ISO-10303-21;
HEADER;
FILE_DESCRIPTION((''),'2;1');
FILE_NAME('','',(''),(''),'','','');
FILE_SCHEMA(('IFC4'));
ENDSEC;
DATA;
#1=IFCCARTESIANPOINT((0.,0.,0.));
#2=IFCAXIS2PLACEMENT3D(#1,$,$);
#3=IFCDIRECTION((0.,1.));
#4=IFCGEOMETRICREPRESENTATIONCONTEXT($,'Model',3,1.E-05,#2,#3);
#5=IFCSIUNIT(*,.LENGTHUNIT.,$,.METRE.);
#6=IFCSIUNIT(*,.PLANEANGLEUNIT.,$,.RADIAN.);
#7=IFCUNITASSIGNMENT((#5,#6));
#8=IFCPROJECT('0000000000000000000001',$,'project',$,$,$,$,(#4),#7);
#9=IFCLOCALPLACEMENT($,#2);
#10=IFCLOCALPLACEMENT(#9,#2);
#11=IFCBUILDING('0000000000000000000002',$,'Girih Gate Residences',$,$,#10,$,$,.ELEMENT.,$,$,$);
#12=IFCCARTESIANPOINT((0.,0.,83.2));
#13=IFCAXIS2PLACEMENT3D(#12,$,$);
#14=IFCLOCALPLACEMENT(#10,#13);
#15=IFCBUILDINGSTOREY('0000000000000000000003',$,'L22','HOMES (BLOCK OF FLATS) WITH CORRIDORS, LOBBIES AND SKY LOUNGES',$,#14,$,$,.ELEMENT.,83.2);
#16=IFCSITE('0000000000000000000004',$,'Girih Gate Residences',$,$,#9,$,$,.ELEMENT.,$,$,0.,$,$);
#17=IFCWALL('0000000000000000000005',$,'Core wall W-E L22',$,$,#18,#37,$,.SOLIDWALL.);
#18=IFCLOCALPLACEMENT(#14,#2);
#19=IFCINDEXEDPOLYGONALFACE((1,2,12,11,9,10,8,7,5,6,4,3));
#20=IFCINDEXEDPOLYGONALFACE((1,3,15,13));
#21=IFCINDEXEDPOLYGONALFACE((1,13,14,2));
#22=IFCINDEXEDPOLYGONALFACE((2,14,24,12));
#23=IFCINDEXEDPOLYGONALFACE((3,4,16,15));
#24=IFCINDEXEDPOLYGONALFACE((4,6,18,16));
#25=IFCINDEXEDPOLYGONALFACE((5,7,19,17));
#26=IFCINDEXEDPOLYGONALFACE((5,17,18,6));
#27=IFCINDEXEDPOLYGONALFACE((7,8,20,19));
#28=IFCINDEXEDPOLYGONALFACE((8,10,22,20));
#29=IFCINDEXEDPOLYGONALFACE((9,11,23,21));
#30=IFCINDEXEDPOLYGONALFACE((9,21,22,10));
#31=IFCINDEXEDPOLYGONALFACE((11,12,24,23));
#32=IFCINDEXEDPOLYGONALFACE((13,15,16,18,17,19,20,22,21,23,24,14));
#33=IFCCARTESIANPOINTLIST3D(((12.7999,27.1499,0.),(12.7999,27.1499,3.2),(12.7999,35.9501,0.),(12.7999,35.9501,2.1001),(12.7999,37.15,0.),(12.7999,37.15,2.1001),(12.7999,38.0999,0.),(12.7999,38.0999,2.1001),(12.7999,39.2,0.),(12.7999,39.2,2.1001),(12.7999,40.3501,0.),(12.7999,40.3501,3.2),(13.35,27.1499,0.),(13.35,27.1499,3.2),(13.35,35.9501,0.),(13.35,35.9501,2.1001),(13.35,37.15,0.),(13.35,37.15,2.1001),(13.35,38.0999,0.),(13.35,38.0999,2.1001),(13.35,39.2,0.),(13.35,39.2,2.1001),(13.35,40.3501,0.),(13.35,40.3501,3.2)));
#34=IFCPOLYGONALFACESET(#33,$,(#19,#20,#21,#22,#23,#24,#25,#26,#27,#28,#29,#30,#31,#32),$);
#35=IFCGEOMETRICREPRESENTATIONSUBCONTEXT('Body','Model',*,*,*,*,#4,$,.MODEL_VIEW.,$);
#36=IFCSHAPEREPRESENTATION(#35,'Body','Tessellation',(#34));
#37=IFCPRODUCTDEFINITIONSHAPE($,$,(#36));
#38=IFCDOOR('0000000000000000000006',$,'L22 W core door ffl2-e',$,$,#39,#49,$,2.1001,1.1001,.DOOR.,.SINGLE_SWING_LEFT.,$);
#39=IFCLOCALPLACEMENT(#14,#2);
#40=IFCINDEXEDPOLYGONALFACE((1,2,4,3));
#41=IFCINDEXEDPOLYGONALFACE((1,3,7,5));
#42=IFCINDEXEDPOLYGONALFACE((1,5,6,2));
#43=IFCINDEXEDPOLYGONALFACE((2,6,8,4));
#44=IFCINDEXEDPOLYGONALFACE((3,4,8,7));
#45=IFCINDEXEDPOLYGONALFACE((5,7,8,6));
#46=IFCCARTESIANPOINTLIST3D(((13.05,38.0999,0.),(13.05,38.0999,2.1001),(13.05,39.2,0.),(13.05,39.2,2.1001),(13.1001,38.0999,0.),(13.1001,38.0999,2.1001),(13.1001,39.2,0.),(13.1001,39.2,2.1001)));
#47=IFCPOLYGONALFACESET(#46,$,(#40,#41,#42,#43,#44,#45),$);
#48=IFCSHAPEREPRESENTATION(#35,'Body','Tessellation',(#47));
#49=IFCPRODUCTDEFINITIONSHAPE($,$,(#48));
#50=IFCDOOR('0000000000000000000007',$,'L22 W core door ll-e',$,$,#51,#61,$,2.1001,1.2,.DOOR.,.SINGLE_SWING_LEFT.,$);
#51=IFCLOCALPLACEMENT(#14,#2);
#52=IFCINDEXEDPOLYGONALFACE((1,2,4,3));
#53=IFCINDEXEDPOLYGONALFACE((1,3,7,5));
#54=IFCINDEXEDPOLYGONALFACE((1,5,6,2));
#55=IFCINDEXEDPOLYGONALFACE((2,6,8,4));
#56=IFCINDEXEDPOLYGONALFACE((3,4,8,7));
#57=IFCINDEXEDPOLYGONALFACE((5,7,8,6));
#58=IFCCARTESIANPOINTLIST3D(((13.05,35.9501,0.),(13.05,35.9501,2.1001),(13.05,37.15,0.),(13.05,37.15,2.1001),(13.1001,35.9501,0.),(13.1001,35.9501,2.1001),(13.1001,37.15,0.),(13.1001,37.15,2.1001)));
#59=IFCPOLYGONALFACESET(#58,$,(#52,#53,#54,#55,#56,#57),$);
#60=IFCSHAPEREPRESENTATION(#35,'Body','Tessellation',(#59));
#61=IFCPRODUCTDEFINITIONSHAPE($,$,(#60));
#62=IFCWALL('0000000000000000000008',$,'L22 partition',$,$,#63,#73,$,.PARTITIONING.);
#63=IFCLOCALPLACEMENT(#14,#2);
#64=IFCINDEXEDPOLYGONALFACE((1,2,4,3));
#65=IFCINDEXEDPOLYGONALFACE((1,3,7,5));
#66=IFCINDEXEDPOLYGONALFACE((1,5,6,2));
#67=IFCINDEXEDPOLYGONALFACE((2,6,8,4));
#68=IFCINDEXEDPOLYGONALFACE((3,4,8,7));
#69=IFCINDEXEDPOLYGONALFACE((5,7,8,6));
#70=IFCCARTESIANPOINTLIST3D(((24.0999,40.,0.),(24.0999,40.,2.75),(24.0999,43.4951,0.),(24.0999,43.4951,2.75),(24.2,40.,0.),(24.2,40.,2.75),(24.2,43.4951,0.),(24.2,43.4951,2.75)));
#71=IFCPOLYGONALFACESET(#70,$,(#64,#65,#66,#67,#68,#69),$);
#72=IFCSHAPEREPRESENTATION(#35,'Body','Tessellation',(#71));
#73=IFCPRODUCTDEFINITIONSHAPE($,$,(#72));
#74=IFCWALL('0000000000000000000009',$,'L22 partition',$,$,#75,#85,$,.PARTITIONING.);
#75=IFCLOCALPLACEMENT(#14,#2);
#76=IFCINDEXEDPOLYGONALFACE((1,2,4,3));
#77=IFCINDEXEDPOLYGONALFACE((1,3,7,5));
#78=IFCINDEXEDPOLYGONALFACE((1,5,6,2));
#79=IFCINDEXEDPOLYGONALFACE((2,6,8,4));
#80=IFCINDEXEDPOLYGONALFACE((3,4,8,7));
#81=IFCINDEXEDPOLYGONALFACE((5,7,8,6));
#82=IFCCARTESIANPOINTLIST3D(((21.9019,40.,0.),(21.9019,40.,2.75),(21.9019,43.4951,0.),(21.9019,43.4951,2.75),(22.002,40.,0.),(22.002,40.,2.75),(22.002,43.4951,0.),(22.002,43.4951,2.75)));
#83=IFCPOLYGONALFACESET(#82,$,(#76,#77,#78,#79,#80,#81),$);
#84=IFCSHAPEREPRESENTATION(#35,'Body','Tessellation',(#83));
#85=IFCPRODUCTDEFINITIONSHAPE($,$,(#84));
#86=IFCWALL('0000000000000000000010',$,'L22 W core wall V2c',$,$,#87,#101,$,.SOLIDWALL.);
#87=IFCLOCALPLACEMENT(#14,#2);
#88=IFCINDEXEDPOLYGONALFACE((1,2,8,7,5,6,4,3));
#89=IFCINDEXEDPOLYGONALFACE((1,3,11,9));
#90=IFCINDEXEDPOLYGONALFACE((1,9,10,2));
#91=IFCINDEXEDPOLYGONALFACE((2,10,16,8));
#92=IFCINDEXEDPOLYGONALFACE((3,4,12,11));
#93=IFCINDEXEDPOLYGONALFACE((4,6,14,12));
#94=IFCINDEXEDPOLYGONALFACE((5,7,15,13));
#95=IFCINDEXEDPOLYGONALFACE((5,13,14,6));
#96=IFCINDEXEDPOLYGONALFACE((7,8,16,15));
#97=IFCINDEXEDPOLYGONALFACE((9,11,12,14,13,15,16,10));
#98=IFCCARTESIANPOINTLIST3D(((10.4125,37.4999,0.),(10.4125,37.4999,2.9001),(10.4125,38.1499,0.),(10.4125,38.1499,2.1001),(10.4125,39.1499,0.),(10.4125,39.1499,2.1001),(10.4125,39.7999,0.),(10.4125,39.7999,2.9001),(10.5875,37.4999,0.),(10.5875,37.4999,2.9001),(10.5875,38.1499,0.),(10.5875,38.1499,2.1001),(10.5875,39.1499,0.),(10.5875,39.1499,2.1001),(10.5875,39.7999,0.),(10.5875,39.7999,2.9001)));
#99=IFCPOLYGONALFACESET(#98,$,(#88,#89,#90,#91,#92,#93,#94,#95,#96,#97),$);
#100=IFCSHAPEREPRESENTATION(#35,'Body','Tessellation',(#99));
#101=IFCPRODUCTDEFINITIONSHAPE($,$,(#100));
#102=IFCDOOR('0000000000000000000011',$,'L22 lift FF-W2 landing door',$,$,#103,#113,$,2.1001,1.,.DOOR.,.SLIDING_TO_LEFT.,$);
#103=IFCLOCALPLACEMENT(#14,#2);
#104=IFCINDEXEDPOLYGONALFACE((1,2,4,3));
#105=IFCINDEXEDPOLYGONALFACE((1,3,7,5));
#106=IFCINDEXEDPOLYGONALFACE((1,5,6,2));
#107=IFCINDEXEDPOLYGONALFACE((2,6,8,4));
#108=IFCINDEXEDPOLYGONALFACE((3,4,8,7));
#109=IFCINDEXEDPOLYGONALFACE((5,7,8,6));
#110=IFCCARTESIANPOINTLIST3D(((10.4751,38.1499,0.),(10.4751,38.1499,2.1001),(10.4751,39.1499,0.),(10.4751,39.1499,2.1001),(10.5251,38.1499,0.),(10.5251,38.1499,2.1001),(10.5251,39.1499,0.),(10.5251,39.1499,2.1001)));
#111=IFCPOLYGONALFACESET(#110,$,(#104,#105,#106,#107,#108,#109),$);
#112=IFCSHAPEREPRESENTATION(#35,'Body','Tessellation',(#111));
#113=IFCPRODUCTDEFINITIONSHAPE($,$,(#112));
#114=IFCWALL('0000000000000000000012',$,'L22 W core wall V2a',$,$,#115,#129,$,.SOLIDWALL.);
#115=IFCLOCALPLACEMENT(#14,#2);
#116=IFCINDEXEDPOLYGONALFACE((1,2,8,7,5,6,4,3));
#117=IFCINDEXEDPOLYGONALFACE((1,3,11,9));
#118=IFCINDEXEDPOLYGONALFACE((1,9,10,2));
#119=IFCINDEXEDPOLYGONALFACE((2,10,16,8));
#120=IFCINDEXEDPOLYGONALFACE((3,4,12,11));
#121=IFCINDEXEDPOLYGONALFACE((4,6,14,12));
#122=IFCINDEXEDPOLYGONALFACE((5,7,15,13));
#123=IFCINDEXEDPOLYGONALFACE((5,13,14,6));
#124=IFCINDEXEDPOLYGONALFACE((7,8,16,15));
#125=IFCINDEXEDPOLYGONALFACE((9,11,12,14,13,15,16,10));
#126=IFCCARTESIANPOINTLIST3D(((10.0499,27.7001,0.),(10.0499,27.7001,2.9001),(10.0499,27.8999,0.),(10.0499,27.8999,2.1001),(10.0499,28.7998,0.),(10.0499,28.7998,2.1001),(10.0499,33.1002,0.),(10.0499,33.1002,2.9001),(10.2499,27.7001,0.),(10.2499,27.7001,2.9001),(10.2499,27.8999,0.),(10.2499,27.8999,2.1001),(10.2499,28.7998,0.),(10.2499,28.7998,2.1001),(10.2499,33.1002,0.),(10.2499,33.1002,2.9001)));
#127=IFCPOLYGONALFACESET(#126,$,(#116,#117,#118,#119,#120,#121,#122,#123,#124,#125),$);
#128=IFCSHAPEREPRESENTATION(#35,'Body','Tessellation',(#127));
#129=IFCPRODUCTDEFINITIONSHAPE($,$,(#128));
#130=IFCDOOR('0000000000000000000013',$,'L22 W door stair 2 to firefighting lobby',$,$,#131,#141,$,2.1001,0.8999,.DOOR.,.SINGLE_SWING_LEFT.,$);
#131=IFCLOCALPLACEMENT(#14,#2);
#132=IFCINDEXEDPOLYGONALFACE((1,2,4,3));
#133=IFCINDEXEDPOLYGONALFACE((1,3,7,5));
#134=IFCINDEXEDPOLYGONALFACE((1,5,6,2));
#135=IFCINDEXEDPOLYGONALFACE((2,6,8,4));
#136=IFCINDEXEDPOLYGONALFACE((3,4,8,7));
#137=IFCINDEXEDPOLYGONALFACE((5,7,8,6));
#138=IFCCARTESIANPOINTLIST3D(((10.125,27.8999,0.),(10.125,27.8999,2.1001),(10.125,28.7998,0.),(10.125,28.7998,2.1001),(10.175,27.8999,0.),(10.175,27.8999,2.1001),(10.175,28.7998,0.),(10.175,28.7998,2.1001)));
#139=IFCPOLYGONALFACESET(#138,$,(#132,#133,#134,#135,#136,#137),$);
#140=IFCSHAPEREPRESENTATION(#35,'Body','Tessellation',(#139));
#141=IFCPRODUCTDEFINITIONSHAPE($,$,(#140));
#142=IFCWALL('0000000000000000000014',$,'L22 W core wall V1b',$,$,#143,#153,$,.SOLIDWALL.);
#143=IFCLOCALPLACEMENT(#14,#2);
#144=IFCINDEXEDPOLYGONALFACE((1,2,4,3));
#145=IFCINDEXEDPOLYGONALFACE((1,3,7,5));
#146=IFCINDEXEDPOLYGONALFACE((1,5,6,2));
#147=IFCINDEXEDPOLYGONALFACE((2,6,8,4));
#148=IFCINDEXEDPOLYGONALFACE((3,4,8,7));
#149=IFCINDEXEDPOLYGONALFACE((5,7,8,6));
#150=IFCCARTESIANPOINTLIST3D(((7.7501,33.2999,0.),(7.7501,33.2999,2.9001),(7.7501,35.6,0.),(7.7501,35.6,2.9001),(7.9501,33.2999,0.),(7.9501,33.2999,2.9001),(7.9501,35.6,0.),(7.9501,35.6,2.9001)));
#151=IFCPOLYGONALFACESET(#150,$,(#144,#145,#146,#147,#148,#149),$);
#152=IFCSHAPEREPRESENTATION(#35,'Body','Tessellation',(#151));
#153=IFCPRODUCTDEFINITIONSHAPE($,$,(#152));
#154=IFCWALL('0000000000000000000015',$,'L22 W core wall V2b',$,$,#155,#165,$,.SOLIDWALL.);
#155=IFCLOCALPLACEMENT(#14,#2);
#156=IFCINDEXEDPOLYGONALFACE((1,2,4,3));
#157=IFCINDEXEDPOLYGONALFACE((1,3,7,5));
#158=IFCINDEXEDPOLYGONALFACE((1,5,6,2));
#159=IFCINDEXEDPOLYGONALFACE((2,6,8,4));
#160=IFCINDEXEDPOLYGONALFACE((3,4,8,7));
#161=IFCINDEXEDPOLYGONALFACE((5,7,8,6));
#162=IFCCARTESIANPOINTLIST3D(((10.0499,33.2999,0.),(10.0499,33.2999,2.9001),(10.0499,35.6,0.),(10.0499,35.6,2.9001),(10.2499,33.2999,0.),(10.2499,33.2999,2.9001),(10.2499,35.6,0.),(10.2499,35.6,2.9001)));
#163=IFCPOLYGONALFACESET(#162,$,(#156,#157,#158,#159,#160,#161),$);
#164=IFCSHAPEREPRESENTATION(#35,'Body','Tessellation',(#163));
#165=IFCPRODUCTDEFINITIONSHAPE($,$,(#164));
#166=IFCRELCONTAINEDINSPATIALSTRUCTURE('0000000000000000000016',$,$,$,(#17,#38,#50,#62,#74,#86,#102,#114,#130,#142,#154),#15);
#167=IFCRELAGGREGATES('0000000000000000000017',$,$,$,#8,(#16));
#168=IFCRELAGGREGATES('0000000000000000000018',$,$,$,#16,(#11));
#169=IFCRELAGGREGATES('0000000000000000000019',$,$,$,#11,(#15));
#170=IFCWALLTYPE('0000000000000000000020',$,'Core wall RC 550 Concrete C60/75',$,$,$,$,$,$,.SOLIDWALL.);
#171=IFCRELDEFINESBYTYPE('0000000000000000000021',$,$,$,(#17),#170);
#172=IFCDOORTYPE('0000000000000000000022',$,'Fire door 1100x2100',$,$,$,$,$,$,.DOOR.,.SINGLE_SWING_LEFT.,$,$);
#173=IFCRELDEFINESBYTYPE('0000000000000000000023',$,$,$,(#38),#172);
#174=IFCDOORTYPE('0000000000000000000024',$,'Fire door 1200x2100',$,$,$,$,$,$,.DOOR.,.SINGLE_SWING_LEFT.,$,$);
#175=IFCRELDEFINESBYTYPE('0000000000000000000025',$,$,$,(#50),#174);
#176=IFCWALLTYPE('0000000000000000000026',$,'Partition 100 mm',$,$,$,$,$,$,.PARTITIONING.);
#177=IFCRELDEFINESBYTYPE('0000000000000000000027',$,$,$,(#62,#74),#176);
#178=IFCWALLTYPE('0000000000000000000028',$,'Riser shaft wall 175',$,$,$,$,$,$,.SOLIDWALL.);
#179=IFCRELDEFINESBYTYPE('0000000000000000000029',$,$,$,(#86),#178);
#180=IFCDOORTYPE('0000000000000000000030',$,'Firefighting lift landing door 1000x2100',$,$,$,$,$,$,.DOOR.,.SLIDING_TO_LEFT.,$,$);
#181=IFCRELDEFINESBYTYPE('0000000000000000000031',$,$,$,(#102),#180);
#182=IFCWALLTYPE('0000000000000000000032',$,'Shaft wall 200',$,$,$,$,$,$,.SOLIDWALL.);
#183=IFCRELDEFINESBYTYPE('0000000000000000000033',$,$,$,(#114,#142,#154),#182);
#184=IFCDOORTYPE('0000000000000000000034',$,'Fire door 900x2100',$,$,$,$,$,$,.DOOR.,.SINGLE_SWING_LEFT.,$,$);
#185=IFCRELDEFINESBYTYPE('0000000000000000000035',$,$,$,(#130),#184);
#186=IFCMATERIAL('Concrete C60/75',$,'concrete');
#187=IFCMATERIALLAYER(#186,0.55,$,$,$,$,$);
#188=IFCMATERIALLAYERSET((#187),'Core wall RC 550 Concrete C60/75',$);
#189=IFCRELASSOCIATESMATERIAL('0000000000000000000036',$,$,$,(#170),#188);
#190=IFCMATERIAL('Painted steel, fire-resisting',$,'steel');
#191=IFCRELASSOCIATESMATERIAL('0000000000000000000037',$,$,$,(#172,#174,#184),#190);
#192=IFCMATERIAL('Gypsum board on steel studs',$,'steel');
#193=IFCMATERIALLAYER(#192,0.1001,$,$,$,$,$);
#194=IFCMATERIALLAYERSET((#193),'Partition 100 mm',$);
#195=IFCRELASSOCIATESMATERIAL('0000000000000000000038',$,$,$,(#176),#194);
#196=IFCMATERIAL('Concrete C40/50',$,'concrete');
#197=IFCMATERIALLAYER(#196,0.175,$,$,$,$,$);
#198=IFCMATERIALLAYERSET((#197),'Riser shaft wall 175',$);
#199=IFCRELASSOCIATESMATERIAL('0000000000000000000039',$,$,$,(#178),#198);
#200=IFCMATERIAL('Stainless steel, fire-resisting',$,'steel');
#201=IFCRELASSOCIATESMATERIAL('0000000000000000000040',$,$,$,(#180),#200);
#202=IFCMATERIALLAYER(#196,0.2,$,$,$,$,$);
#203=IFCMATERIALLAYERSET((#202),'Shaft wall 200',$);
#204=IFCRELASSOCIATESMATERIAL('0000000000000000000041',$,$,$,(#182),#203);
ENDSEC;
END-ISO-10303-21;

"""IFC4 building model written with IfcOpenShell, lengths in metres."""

from ifc_helpers import new_model, si_unit, direction, frame, frame_2d, origin, place, context, subcontext, project, spatial, rectangle, extrude, material, layer, layer_set, type_object, element, fill, save


model = new_model("IFC4")

# Units and contexts
model_context = context("Model", 3, precision=1e-05, world=origin(), true_north=direction((0.0, 1.0)))
body_context = subcontext(model_context, "Body", "Model", "MODEL_VIEW")
ifc_project = project(units=[si_unit("LENGTHUNIT", "METRE"), si_unit("PLANEANGLEUNIT", "RADIAN")], contexts=[model_context])

# Site, building, storey
site_placement = place(None, origin())
site = spatial("IfcSite", under=ifc_project, at=site_placement, Name="Girih Gate Residences", CompositionType="ELEMENT", RefElevation=0.0)
building_placement = place(site_placement, origin())
building = spatial("IfcBuilding", under=site, at=building_placement, Name="Girih Gate Residences", CompositionType="ELEMENT")
storey_placement = place(building_placement, frame((0.0, 0.0, 83.2)))
storey = spatial("IfcBuildingStorey", under=building, at=storey_placement, Name="L22", Description="HOMES (BLOCK OF FLATS) WITH CORRIDORS, LOBBIES AND SKY LOUNGES", CompositionType="ELEMENT", Elevation=83.2)

# Shared definitions
ifc_material_1 = material(Name="Concrete C60/75", Category="concrete")

# Shared definitions
ifc_material_2 = material(Name="Gypsum board on steel studs", Category="steel")

# Wall, openings, doors
ifc_layer_1 = layer(ifc_material_1, 0.55)
ifc_layer_set_1 = layer_set([ifc_layer_1], Name="Core wall RC 550 Concrete C60/75")
wall_type_1 = type_object("IfcWallType", Name="Core wall RC 550 Concrete C60/75", PredefinedType="SOLIDWALL", material=ifc_layer_set_1)
wall_1_placement = place(storey_placement, frame((13.075, 27.1499, 0.0), z_axis=(0.0, 0.0, 1.0), x_axis=(0.0, 1.0, 0.0)))
wall_1 = element("IfcWall", 1, at=wall_1_placement, inside=storey, type_object=wall_type_1, Name="Core wall W-E L22", PredefinedType="SOLIDWALL", context=body_context, shape_type="SweptSolid", body=[
    extrude(rectangle(XDim=13.2002, YDim=0.55, at=frame_2d((6.6001, 0.0))), origin(), (0.0, 0.0, 1.0), 3.2),
])
opening_1_placement = place(wall_1_placement, frame((10.95, 0.0, 0.0)))
opening_1 = element("IfcOpeningElement", 2, at=opening_1_placement, cuts=wall_1, PredefinedType="OPENING", context=body_context, shape_type="SweptSolid", body=[
    extrude(rectangle(XDim=1.1001, YDim=2.1001, at=frame_2d((0.55, 1.05))), frame((0.0, 0.2849, 0.0), z_axis=(0.0, -1.0, 0.0), x_axis=(1.0, 0.0, 0.0)), (0.0, 0.0, 1.0), 0.5701),
])
opening_2_placement = place(wall_1_placement, frame((8.8, 0.0, 0.0)))
opening_2 = element("IfcOpeningElement", 3, at=opening_2_placement, cuts=wall_1, PredefinedType="OPENING", context=body_context, shape_type="SweptSolid", body=[
    extrude(rectangle(XDim=1.2, YDim=2.1001, at=frame_2d((0.6001, 1.05))), frame((0.0, 0.2849, 0.0), z_axis=(0.0, -1.0, 0.0), x_axis=(1.0, 0.0, 0.0)), (0.0, 0.0, 1.0), 0.5701),
])
ifc_material_3 = material(Name="Painted steel, fire-resisting", Category="steel")
door_type_1 = type_object("IfcDoorType", Name="Fire door 1100x2100", OperationType="SINGLE_SWING_LEFT", PredefinedType="DOOR", material=ifc_material_3)
door_1_placement = place(opening_1_placement, origin())
door_1 = element("IfcDoor", 4, at=door_1_placement, inside=storey, type_object=door_type_1, Name="L22 W core door ffl2-e", OperationType="SINGLE_SWING_LEFT", OverallHeight=2.1001, OverallWidth=1.1001, PredefinedType="DOOR", context=body_context, shape_type="SweptSolid", body=[
    extrude(rectangle(XDim=1.1001, YDim=2.1001, at=frame_2d((0.55, 1.05))), frame((0.0, 0.0249, 0.0), z_axis=(0.0, -1.0, 0.0), x_axis=(1.0, 0.0, 0.0)), (0.0, 0.0, 1.0), 0.05),
])
fill(opening_1, door_1)
door_type_2 = type_object("IfcDoorType", Name="Fire door 1200x2100", OperationType="SINGLE_SWING_LEFT", PredefinedType="DOOR", material=ifc_material_3)
door_2_placement = place(opening_2_placement, origin())
door_2 = element("IfcDoor", 5, at=door_2_placement, inside=storey, type_object=door_type_2, Name="L22 W core door ll-e", OperationType="SINGLE_SWING_LEFT", OverallHeight=2.1001, OverallWidth=1.2, PredefinedType="DOOR", context=body_context, shape_type="SweptSolid", body=[
    extrude(rectangle(XDim=1.2, YDim=2.1001, at=frame_2d((0.6001, 1.05))), frame((0.0, 0.0249, 0.0), z_axis=(0.0, -1.0, 0.0), x_axis=(1.0, 0.0, 0.0)), (0.0, 0.0, 1.0), 0.05),
])
fill(opening_2, door_2)

# Walls
ifc_layer_2 = layer(ifc_material_2, 0.1001)
ifc_layer_set_2 = layer_set([ifc_layer_2], Name="Partition 100 mm")
wall_type_2 = type_object("IfcWallType", Name="Partition 100 mm", PredefinedType="PARTITIONING", material=ifc_layer_set_2)
for number, where, z_axis, x_axis, name in (
    (6, (24.1499, 40.0, 0.0), (0.0, 0.0, 1.0), (0.0, 1.0, 0.0), "L22 partition"),
    (7, (21.9519, 40.0, 0.0), (0.0, 0.0, 1.0), (0.0, 1.0, 0.0), "L22 partition"),
):
    element("IfcWall", number, at=place(storey_placement, frame(where, z_axis=z_axis, x_axis=x_axis)), inside=storey, type_object=wall_type_2, Name=name, PredefinedType="PARTITIONING", context=body_context, shape_type="SweptSolid", body=[
        extrude(rectangle(XDim=3.4951, YDim=0.1001, at=frame_2d((1.7476, 0.0))), origin(), (0.0, 0.0, 1.0), 2.75),
    ])

# Walls, openings, doors
ifc_material_4 = material(Name="Concrete C40/50", Category="concrete")
ifc_layer_3 = layer(ifc_material_4, 0.175)
ifc_layer_set_3 = layer_set([ifc_layer_3], Name="Riser shaft wall 175")
wall_type_3 = type_object("IfcWallType", Name="Riser shaft wall 175", PredefinedType="SOLIDWALL", material=ifc_layer_set_3)
wall_2_placement = place(storey_placement, frame((10.5, 37.5, 0.0), z_axis=(0.0, 0.0, 1.0), x_axis=(0.0, 1.0, 0.0)))
wall_2 = element("IfcWall", 8, at=wall_2_placement, inside=storey, type_object=wall_type_3, Name="L22 W core wall V2c", PredefinedType="SOLIDWALL", context=body_context, shape_type="SweptSolid", body=[
    extrude(rectangle(XDim=2.3, YDim=0.175, at=frame_2d((1.1499, 0.0))), origin(), (0.0, 0.0, 1.0), 2.9001),
])
opening_3_placement = place(wall_2_placement, frame((0.6499, 0.0, 0.0)))
opening_3 = element("IfcOpeningElement", 9, at=opening_3_placement, cuts=wall_2, PredefinedType="OPENING", context=body_context, shape_type="SweptSolid", body=[
    extrude(rectangle(XDim=1.0, YDim=2.1001, at=frame_2d((0.5, 1.05))), frame((0.0, 0.0974, 0.0), z_axis=(0.0, -1.0, 0.0), x_axis=(1.0, 0.0, 0.0)), (0.0, 0.0, 1.0), 0.1951),
])
ifc_material_5 = material(Name="Stainless steel, fire-resisting", Category="steel")
door_type_3 = type_object("IfcDoorType", Name="Firefighting lift landing door 1000x2100", OperationType="SLIDING_TO_LEFT", PredefinedType="DOOR", material=ifc_material_5)
door_3_placement = place(opening_3_placement, origin())
door_3 = element("IfcDoor", 10, at=door_3_placement, inside=storey, type_object=door_type_3, Name="L22 lift FF-W2 landing door", OperationType="SLIDING_TO_LEFT", OverallHeight=2.1001, OverallWidth=1.0, PredefinedType="DOOR", context=body_context, shape_type="SweptSolid", body=[
    extrude(rectangle(XDim=1.0, YDim=2.1001, at=frame_2d((0.5, 1.05))), frame((0.0, 0.0249, 0.0), z_axis=(0.0, -1.0, 0.0), x_axis=(1.0, 0.0, 0.0)), (0.0, 0.0, 1.0), 0.05),
])
fill(opening_3, door_3)
ifc_layer_4 = layer(ifc_material_4, 0.2)
ifc_layer_set_4 = layer_set([ifc_layer_4], Name="Shaft wall 200")
wall_type_4 = type_object("IfcWallType", Name="Shaft wall 200", PredefinedType="SOLIDWALL", material=ifc_layer_set_4)
wall_3_placement = place(storey_placement, frame((10.1499, 27.7, 0.0), z_axis=(0.0, 0.0, 1.0), x_axis=(0.0, 1.0, 0.0)))
wall_3 = element("IfcWall", 11, at=wall_3_placement, inside=storey, type_object=wall_type_4, Name="L22 W core wall V2a", PredefinedType="SOLIDWALL", context=body_context, shape_type="SweptSolid", body=[
    extrude(rectangle(XDim=5.4001, YDim=0.2, at=frame_2d((2.7002, 0.0))), origin(), (0.0, 0.0, 1.0), 2.9001),
])
opening_4_placement = place(wall_3_placement, frame((0.2, 0.0, 0.0)))
opening_4 = element("IfcOpeningElement", 12, at=opening_4_placement, cuts=wall_3, PredefinedType="OPENING", context=body_context, shape_type="SweptSolid", body=[
    extrude(rectangle(XDim=0.8999, YDim=2.1001, at=frame_2d((0.45, 1.05))), frame((0.0, 0.1099, 0.0), z_axis=(0.0, -1.0, 0.0), x_axis=(1.0, 0.0, 0.0)), (0.0, 0.0, 1.0), 0.22),
])
door_type_4 = type_object("IfcDoorType", Name="Fire door 900x2100", OperationType="SINGLE_SWING_LEFT", PredefinedType="DOOR", material=ifc_material_3)
door_4_placement = place(opening_4_placement, origin())
door_4 = element("IfcDoor", 13, at=door_4_placement, inside=storey, type_object=door_type_4, Name="L22 W door stair 2 to firefighting lobby", OperationType="SINGLE_SWING_LEFT", OverallHeight=2.1001, OverallWidth=0.8999, PredefinedType="DOOR", context=body_context, shape_type="SweptSolid", body=[
    extrude(rectangle(XDim=0.8999, YDim=2.1001, at=frame_2d((0.45, 1.05))), frame((0.0, 0.0249, 0.0), z_axis=(0.0, -1.0, 0.0), x_axis=(1.0, 0.0, 0.0)), (0.0, 0.0, 1.0), 0.05),
])
fill(opening_4, door_4)

# Walls
for number, where, z_axis, x_axis, name in (
    (14, (7.8501, 33.3, 0.0), (0.0, 0.0, 1.0), (0.0, 1.0, 0.0), "L22 W core wall V1b"),
    (15, (10.1499, 33.3, 0.0), (0.0, 0.0, 1.0), (0.0, 1.0, 0.0), "L22 W core wall V2b"),
):
    element("IfcWall", number, at=place(storey_placement, frame(where, z_axis=z_axis, x_axis=x_axis)), inside=storey, type_object=wall_type_4, Name=name, PredefinedType="SOLIDWALL", context=body_context, shape_type="SweptSolid", body=[
        extrude(rectangle(XDim=2.3, YDim=0.2, at=frame_2d((1.1499, 0.0))), origin(), (0.0, 0.0, 1.0), 2.9001),
    ])

save(model, "model.ifc")
